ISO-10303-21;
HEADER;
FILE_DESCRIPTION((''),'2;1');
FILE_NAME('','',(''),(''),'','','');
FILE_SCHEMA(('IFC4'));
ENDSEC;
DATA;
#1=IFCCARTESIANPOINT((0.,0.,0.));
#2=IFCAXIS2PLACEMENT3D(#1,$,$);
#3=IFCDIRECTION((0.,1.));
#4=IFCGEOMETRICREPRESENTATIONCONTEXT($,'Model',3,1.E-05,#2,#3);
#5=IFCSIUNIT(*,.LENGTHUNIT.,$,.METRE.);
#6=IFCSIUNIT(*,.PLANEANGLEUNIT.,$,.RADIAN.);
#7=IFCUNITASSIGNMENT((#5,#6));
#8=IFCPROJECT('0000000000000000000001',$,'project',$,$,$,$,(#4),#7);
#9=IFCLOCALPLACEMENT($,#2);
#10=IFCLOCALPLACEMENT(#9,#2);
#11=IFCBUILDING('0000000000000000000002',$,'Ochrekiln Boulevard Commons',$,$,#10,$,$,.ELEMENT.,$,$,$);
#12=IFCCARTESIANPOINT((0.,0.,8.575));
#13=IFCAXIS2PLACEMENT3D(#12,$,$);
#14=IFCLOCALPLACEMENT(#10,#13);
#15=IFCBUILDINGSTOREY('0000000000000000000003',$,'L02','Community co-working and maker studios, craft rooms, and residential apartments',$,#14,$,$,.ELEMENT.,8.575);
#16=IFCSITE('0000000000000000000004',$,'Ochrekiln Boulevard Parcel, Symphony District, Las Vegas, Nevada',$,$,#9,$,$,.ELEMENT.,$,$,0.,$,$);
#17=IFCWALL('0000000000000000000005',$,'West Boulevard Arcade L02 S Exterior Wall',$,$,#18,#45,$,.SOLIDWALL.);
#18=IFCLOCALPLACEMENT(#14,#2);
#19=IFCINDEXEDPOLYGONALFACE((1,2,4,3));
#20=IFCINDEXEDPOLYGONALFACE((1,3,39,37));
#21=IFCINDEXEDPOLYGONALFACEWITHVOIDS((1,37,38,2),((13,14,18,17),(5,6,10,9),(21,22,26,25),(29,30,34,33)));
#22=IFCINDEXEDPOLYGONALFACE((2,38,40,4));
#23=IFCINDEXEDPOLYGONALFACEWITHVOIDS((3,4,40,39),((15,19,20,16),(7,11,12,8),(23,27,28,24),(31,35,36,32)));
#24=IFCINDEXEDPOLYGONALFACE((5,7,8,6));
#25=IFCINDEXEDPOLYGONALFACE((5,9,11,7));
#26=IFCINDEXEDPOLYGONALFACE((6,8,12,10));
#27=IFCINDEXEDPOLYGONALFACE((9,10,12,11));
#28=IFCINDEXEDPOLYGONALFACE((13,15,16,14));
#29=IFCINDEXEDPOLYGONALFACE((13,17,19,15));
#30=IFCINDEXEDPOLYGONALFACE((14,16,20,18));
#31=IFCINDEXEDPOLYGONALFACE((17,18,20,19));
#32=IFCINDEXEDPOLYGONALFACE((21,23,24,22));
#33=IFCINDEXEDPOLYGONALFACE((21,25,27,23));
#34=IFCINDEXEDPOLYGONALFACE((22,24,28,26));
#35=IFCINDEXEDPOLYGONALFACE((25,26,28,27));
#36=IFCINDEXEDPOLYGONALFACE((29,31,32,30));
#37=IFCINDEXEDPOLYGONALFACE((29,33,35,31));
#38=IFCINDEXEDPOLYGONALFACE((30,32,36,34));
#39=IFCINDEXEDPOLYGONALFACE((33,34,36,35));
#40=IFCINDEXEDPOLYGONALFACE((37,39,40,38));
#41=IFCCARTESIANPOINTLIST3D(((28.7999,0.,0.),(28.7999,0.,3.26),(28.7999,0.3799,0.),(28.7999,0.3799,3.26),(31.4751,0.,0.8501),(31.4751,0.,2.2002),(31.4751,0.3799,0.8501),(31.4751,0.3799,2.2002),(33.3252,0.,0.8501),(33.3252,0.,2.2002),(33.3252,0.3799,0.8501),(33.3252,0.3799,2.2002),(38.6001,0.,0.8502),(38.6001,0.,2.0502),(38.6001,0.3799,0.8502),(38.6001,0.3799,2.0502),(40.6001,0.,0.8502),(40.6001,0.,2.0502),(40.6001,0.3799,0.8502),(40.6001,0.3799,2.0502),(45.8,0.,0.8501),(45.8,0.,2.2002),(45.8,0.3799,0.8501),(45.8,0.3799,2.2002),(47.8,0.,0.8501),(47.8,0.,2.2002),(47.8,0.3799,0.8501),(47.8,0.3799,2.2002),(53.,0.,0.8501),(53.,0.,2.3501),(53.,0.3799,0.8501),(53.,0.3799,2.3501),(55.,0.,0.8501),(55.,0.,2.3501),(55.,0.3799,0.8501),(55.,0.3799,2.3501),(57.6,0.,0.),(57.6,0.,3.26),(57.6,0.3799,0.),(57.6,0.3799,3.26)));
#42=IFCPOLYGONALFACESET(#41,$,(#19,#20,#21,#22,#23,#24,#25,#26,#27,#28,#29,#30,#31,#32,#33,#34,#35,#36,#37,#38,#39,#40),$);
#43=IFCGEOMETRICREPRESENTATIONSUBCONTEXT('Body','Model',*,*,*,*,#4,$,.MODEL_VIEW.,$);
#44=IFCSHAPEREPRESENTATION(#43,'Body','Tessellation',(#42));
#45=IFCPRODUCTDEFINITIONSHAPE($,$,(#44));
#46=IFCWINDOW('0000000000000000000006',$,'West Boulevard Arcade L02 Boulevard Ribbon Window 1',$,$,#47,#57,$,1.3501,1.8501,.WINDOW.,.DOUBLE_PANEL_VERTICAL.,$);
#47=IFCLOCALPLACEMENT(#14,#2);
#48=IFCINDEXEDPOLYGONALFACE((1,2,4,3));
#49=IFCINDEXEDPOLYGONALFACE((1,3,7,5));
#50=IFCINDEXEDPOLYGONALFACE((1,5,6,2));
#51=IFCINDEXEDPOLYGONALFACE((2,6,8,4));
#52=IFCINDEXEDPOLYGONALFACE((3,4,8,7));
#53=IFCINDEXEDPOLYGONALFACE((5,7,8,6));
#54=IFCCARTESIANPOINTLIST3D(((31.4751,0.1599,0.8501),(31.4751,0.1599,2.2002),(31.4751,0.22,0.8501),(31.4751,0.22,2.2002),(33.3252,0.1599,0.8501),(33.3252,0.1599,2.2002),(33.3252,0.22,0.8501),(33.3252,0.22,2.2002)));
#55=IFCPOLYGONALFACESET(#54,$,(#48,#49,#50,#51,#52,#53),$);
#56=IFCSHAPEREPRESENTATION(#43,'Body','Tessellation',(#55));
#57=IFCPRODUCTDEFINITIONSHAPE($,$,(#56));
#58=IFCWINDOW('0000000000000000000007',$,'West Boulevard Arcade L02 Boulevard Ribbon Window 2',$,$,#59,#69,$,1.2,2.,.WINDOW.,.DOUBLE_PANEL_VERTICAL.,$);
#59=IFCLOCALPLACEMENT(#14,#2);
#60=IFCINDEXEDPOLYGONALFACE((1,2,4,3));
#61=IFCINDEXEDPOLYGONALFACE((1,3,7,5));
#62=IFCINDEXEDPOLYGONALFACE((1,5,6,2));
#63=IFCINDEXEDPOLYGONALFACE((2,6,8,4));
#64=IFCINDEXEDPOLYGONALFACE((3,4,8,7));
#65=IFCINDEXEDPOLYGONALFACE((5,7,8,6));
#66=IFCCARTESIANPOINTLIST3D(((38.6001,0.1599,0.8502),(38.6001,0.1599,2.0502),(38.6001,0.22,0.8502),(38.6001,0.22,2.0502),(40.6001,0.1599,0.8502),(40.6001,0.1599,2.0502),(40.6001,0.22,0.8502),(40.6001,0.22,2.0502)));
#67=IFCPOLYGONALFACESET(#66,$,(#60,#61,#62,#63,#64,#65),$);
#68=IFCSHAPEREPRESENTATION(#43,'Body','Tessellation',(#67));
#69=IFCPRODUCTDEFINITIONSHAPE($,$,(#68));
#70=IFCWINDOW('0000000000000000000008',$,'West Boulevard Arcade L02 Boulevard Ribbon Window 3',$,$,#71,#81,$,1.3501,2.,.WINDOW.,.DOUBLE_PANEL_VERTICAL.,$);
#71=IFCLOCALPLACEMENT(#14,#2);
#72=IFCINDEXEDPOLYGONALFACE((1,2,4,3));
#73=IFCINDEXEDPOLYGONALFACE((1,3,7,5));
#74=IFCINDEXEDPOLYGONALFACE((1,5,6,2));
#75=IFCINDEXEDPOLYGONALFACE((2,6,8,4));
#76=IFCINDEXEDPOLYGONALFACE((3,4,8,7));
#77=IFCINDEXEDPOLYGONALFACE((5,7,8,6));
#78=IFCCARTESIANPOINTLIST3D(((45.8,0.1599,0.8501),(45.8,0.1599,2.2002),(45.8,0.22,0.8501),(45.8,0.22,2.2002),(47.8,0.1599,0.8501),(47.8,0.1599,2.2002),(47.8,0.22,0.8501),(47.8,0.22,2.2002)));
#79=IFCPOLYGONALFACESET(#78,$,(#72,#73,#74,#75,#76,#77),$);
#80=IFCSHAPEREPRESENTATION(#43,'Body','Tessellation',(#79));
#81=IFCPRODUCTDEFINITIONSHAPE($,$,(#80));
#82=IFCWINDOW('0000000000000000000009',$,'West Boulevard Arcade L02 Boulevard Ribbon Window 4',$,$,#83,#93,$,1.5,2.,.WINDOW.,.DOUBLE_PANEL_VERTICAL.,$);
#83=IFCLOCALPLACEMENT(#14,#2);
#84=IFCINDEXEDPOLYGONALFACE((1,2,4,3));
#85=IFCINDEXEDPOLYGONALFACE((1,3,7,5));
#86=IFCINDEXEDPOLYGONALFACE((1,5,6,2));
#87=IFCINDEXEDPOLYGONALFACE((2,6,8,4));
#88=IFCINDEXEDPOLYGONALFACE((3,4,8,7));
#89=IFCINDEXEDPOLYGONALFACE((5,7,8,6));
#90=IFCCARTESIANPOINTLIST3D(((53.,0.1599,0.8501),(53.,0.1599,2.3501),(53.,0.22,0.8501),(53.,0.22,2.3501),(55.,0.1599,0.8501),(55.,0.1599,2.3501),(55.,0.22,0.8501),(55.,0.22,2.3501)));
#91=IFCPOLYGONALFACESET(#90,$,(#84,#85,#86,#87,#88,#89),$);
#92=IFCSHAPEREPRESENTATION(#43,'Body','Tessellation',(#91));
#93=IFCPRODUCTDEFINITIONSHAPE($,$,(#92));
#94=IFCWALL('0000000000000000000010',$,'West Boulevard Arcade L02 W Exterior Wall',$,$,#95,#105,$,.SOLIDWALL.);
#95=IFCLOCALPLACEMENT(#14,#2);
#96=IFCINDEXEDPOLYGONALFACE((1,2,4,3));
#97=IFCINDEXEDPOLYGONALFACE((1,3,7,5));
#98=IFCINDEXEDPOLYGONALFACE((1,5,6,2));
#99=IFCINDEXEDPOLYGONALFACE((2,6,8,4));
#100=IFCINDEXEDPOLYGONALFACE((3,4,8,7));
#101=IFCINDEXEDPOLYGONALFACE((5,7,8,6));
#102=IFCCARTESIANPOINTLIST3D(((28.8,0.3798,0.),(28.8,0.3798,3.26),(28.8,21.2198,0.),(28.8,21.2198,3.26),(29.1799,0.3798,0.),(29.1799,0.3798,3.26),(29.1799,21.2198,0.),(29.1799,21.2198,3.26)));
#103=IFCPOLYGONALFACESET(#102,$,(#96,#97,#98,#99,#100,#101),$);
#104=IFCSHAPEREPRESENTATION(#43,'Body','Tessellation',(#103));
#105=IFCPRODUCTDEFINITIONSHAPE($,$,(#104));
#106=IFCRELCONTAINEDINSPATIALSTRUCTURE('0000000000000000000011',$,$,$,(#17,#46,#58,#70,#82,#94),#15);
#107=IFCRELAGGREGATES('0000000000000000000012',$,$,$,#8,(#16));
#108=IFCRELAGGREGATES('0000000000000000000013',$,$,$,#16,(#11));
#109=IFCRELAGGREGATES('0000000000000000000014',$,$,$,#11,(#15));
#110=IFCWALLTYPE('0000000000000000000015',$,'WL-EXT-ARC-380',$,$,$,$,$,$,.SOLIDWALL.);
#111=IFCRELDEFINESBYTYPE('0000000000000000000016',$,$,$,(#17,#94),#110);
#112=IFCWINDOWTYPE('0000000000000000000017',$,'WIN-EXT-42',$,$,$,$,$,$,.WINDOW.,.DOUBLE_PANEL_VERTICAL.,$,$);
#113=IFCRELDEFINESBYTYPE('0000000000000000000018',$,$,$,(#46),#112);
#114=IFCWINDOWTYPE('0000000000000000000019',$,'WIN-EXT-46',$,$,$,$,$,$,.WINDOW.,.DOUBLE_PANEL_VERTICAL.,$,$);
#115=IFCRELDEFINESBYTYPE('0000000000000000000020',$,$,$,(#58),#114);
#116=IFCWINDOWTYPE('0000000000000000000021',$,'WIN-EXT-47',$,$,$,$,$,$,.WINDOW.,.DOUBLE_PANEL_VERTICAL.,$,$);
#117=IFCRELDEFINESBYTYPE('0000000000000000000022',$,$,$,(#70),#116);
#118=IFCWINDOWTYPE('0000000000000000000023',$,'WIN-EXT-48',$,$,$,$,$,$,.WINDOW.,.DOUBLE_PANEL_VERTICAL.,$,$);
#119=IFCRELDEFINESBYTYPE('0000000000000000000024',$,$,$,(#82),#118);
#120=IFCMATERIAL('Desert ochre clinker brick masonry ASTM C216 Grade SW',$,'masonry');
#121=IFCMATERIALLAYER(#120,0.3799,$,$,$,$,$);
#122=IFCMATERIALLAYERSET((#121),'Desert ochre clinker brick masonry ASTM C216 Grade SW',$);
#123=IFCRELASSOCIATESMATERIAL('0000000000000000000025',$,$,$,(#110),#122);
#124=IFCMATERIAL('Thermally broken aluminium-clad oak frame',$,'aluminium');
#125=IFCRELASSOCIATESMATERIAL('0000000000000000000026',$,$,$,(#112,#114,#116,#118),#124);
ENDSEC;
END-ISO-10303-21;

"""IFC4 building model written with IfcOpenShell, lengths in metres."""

from ifc_helpers import new_model, si_unit, direction, frame, frame_2d, origin, place, context, subcontext, project, spatial, rectangle, extrude, material, layer, layer_set, type_object, element, fill, save


model = new_model("IFC4")

# Units and contexts
model_context = context("Model", 3, precision=1e-05, world=origin(), true_north=direction((0.0, 1.0)))
body_context = subcontext(model_context, "Body", "Model", "MODEL_VIEW")
ifc_project = project(units=[si_unit("LENGTHUNIT", "METRE"), si_unit("PLANEANGLEUNIT", "RADIAN")], contexts=[model_context])

# Site, building, storey
site_placement = place(None, origin())
site = spatial("IfcSite", under=ifc_project, at=site_placement, Name="Ochrekiln Boulevard Parcel, Symphony District, Las Vegas, Nevada", CompositionType="ELEMENT", RefElevation=0.0)
building_placement = place(site_placement, origin())
building = spatial("IfcBuilding", under=site, at=building_placement, Name="Ochrekiln Boulevard Commons", CompositionType="ELEMENT")
storey_placement = place(building_placement, frame((0.0, 0.0, 8.575)))
storey = spatial("IfcBuildingStorey", under=building, at=storey_placement, Name="L02", Description="Community co-working and maker studios, craft rooms, and residential apartments", CompositionType="ELEMENT", Elevation=8.575)

# Wall, openings, windows
ifc_material_1 = material(Name="Desert ochre clinker brick masonry ASTM C216 Grade SW", Category="masonry")
ifc_layer_1 = layer(ifc_material_1, 0.3799)
ifc_layer_set_1 = layer_set([ifc_layer_1], Name="Desert ochre clinker brick masonry ASTM C216 Grade SW")
wall_type_1 = type_object("IfcWallType", Name="WL-EXT-ARC-380", PredefinedType="SOLIDWALL", material=ifc_layer_set_1)
wall_1_placement = place(storey_placement, frame((28.8, 0.1899, 0.0), z_axis=(0.0, 0.0, 1.0), x_axis=(1.0, 0.0, 0.0)))
wall_1 = element("IfcWall", 1, at=wall_1_placement, inside=storey, type_object=wall_type_1, Name="West Boulevard Arcade L02 S Exterior Wall", PredefinedType="SOLIDWALL", context=body_context, shape_type="SweptSolid", body=[
    extrude(rectangle(XDim=28.8, YDim=0.3799, at=frame_2d((14.3999, 0.0))), origin(), (0.0, 0.0, 1.0), 3.26),
])
opening_1_placement = place(wall_1_placement, frame((2.675, 0.0, 0.8501)))
opening_1 = element("IfcOpeningElement", 2, at=opening_1_placement, cuts=wall_1, PredefinedType="OPENING", context=body_context, shape_type="SweptSolid", body=[
    extrude(rectangle(XDim=1.8501, YDim=1.3501, at=frame_2d((0.925, 0.675))), frame((0.0, 0.2, 0.0), z_axis=(0.0, -1.0, 0.0), x_axis=(1.0, 0.0, 0.0)), (0.0, 0.0, 1.0), 0.3999),
])
opening_2_placement = place(wall_1_placement, frame((9.8, 0.0, 0.8501)))
opening_2 = element("IfcOpeningElement", 3, at=opening_2_placement, cuts=wall_1, PredefinedType="OPENING", context=body_context, shape_type="SweptSolid", body=[
    extrude(rectangle(XDim=2.0, YDim=1.2, at=frame_2d((1.0, 0.6001))), frame((0.0, 0.2, 0.0), z_axis=(0.0, -1.0, 0.0), x_axis=(1.0, 0.0, 0.0)), (0.0, 0.0, 1.0), 0.3999),
])
opening_3_placement = place(wall_1_placement, frame((17.0, 0.0, 0.8501)))
opening_3 = element("IfcOpeningElement", 4, at=opening_3_placement, cuts=wall_1, PredefinedType="OPENING", context=body_context, shape_type="SweptSolid", body=[
    extrude(rectangle(XDim=2.0, YDim=1.3501, at=frame_2d((1.0, 0.675))), frame((0.0, 0.2, 0.0), z_axis=(0.0, -1.0, 0.0), x_axis=(1.0, 0.0, 0.0)), (0.0, 0.0, 1.0), 0.3999),
])
opening_4_placement = place(wall_1_placement, frame((24.2, 0.0, 0.8501)))
opening_4 = element("IfcOpeningElement", 5, at=opening_4_placement, cuts=wall_1, PredefinedType="OPENING", context=body_context, shape_type="SweptSolid", body=[
    extrude(rectangle(XDim=2.0, YDim=1.5, at=frame_2d((1.0, 0.75))), frame((0.0, 0.2, 0.0), z_axis=(0.0, -1.0, 0.0), x_axis=(1.0, 0.0, 0.0)), (0.0, 0.0, 1.0), 0.3999),
])
ifc_material_2 = material(Name="Thermally broken aluminium-clad oak frame", Category="aluminium")
window_type_1 = type_object("IfcWindowType", Name="WIN-EXT-42", PartitioningType="DOUBLE_PANEL_VERTICAL", PredefinedType="WINDOW", material=ifc_material_2)
window_1_placement = place(opening_1_placement, origin())
window_1 = element("IfcWindow", 6, at=window_1_placement, inside=storey, type_object=window_type_1, Name="West Boulevard Arcade L02 Boulevard Ribbon Window 1", OverallHeight=1.3501, OverallWidth=1.8501, PartitioningType="DOUBLE_PANEL_VERTICAL", PredefinedType="WINDOW", context=body_context, shape_type="SweptSolid", body=[
    extrude(rectangle(XDim=1.8501, YDim=1.3501, at=frame_2d((0.925, 0.675))), frame((0.0, 0.03, 0.0), z_axis=(0.0, -1.0, 0.0), x_axis=(1.0, 0.0, 0.0)), (0.0, 0.0, 1.0), 0.0601),
])
fill(opening_1, window_1)
window_type_2 = type_object("IfcWindowType", Name="WIN-EXT-46", PartitioningType="DOUBLE_PANEL_VERTICAL", PredefinedType="WINDOW", material=ifc_material_2)
window_2_placement = place(opening_2_placement, origin())
window_2 = element("IfcWindow", 7, at=window_2_placement, inside=storey, type_object=window_type_2, Name="West Boulevard Arcade L02 Boulevard Ribbon Window 2", OverallHeight=1.2, OverallWidth=2.0, PartitioningType="DOUBLE_PANEL_VERTICAL", PredefinedType="WINDOW", context=body_context, shape_type="SweptSolid", body=[
    extrude(rectangle(XDim=2.0, YDim=1.2, at=frame_2d((1.0, 0.6001))), frame((0.0, 0.03, 0.0), z_axis=(0.0, -1.0, 0.0), x_axis=(1.0, 0.0, 0.0)), (0.0, 0.0, 1.0), 0.0601),
])
fill(opening_2, window_2)
window_type_3 = type_object("IfcWindowType", Name="WIN-EXT-47", PartitioningType="DOUBLE_PANEL_VERTICAL", PredefinedType="WINDOW", material=ifc_material_2)
window_3_placement = place(opening_3_placement, origin())
window_3 = element("IfcWindow", 8, at=window_3_placement, inside=storey, type_object=window_type_3, Name="West Boulevard Arcade L02 Boulevard Ribbon Window 3", OverallHeight=1.3501, OverallWidth=2.0, PartitioningType="DOUBLE_PANEL_VERTICAL", PredefinedType="WINDOW", context=body_context, shape_type="SweptSolid", body=[
    extrude(rectangle(XDim=2.0, YDim=1.3501, at=frame_2d((1.0, 0.675))), frame((0.0, 0.03, 0.0), z_axis=(0.0, -1.0, 0.0), x_axis=(1.0, 0.0, 0.0)), (0.0, 0.0, 1.0), 0.0601),
])
fill(opening_3, window_3)
window_type_4 = type_object("IfcWindowType", Name="WIN-EXT-48", PartitioningType="DOUBLE_PANEL_VERTICAL", PredefinedType="WINDOW", material=ifc_material_2)
window_4_placement = place(opening_4_placement, origin())
window_4 = element("IfcWindow", 9, at=window_4_placement, inside=storey, type_object=window_type_4, Name="West Boulevard Arcade L02 Boulevard Ribbon Window 4", OverallHeight=1.5, OverallWidth=2.0, PartitioningType="DOUBLE_PANEL_VERTICAL", PredefinedType="WINDOW", context=body_context, shape_type="SweptSolid", body=[
    extrude(rectangle(XDim=2.0, YDim=1.5, at=frame_2d((1.0, 0.75))), frame((0.0, 0.03, 0.0), z_axis=(0.0, -1.0, 0.0), x_axis=(1.0, 0.0, 0.0)), (0.0, 0.0, 1.0), 0.0601),
])
fill(opening_4, window_4)

# Wall
wall_2_placement = place(storey_placement, frame((28.99, 0.3799, 0.0), z_axis=(0.0, 0.0, 1.0), x_axis=(0.0, 1.0, 0.0)))
element("IfcWall", 10, at=wall_2_placement, inside=storey, type_object=wall_type_1, Name="West Boulevard Arcade L02 W Exterior Wall", PredefinedType="SOLIDWALL", context=body_context, shape_type="SweptSolid", body=[
    extrude(rectangle(XDim=20.8401, YDim=0.3799, at=frame_2d((10.4199, 0.0))), origin(), (0.0, 0.0, 1.0), 3.26),
])

save(model, "model.ifc")
